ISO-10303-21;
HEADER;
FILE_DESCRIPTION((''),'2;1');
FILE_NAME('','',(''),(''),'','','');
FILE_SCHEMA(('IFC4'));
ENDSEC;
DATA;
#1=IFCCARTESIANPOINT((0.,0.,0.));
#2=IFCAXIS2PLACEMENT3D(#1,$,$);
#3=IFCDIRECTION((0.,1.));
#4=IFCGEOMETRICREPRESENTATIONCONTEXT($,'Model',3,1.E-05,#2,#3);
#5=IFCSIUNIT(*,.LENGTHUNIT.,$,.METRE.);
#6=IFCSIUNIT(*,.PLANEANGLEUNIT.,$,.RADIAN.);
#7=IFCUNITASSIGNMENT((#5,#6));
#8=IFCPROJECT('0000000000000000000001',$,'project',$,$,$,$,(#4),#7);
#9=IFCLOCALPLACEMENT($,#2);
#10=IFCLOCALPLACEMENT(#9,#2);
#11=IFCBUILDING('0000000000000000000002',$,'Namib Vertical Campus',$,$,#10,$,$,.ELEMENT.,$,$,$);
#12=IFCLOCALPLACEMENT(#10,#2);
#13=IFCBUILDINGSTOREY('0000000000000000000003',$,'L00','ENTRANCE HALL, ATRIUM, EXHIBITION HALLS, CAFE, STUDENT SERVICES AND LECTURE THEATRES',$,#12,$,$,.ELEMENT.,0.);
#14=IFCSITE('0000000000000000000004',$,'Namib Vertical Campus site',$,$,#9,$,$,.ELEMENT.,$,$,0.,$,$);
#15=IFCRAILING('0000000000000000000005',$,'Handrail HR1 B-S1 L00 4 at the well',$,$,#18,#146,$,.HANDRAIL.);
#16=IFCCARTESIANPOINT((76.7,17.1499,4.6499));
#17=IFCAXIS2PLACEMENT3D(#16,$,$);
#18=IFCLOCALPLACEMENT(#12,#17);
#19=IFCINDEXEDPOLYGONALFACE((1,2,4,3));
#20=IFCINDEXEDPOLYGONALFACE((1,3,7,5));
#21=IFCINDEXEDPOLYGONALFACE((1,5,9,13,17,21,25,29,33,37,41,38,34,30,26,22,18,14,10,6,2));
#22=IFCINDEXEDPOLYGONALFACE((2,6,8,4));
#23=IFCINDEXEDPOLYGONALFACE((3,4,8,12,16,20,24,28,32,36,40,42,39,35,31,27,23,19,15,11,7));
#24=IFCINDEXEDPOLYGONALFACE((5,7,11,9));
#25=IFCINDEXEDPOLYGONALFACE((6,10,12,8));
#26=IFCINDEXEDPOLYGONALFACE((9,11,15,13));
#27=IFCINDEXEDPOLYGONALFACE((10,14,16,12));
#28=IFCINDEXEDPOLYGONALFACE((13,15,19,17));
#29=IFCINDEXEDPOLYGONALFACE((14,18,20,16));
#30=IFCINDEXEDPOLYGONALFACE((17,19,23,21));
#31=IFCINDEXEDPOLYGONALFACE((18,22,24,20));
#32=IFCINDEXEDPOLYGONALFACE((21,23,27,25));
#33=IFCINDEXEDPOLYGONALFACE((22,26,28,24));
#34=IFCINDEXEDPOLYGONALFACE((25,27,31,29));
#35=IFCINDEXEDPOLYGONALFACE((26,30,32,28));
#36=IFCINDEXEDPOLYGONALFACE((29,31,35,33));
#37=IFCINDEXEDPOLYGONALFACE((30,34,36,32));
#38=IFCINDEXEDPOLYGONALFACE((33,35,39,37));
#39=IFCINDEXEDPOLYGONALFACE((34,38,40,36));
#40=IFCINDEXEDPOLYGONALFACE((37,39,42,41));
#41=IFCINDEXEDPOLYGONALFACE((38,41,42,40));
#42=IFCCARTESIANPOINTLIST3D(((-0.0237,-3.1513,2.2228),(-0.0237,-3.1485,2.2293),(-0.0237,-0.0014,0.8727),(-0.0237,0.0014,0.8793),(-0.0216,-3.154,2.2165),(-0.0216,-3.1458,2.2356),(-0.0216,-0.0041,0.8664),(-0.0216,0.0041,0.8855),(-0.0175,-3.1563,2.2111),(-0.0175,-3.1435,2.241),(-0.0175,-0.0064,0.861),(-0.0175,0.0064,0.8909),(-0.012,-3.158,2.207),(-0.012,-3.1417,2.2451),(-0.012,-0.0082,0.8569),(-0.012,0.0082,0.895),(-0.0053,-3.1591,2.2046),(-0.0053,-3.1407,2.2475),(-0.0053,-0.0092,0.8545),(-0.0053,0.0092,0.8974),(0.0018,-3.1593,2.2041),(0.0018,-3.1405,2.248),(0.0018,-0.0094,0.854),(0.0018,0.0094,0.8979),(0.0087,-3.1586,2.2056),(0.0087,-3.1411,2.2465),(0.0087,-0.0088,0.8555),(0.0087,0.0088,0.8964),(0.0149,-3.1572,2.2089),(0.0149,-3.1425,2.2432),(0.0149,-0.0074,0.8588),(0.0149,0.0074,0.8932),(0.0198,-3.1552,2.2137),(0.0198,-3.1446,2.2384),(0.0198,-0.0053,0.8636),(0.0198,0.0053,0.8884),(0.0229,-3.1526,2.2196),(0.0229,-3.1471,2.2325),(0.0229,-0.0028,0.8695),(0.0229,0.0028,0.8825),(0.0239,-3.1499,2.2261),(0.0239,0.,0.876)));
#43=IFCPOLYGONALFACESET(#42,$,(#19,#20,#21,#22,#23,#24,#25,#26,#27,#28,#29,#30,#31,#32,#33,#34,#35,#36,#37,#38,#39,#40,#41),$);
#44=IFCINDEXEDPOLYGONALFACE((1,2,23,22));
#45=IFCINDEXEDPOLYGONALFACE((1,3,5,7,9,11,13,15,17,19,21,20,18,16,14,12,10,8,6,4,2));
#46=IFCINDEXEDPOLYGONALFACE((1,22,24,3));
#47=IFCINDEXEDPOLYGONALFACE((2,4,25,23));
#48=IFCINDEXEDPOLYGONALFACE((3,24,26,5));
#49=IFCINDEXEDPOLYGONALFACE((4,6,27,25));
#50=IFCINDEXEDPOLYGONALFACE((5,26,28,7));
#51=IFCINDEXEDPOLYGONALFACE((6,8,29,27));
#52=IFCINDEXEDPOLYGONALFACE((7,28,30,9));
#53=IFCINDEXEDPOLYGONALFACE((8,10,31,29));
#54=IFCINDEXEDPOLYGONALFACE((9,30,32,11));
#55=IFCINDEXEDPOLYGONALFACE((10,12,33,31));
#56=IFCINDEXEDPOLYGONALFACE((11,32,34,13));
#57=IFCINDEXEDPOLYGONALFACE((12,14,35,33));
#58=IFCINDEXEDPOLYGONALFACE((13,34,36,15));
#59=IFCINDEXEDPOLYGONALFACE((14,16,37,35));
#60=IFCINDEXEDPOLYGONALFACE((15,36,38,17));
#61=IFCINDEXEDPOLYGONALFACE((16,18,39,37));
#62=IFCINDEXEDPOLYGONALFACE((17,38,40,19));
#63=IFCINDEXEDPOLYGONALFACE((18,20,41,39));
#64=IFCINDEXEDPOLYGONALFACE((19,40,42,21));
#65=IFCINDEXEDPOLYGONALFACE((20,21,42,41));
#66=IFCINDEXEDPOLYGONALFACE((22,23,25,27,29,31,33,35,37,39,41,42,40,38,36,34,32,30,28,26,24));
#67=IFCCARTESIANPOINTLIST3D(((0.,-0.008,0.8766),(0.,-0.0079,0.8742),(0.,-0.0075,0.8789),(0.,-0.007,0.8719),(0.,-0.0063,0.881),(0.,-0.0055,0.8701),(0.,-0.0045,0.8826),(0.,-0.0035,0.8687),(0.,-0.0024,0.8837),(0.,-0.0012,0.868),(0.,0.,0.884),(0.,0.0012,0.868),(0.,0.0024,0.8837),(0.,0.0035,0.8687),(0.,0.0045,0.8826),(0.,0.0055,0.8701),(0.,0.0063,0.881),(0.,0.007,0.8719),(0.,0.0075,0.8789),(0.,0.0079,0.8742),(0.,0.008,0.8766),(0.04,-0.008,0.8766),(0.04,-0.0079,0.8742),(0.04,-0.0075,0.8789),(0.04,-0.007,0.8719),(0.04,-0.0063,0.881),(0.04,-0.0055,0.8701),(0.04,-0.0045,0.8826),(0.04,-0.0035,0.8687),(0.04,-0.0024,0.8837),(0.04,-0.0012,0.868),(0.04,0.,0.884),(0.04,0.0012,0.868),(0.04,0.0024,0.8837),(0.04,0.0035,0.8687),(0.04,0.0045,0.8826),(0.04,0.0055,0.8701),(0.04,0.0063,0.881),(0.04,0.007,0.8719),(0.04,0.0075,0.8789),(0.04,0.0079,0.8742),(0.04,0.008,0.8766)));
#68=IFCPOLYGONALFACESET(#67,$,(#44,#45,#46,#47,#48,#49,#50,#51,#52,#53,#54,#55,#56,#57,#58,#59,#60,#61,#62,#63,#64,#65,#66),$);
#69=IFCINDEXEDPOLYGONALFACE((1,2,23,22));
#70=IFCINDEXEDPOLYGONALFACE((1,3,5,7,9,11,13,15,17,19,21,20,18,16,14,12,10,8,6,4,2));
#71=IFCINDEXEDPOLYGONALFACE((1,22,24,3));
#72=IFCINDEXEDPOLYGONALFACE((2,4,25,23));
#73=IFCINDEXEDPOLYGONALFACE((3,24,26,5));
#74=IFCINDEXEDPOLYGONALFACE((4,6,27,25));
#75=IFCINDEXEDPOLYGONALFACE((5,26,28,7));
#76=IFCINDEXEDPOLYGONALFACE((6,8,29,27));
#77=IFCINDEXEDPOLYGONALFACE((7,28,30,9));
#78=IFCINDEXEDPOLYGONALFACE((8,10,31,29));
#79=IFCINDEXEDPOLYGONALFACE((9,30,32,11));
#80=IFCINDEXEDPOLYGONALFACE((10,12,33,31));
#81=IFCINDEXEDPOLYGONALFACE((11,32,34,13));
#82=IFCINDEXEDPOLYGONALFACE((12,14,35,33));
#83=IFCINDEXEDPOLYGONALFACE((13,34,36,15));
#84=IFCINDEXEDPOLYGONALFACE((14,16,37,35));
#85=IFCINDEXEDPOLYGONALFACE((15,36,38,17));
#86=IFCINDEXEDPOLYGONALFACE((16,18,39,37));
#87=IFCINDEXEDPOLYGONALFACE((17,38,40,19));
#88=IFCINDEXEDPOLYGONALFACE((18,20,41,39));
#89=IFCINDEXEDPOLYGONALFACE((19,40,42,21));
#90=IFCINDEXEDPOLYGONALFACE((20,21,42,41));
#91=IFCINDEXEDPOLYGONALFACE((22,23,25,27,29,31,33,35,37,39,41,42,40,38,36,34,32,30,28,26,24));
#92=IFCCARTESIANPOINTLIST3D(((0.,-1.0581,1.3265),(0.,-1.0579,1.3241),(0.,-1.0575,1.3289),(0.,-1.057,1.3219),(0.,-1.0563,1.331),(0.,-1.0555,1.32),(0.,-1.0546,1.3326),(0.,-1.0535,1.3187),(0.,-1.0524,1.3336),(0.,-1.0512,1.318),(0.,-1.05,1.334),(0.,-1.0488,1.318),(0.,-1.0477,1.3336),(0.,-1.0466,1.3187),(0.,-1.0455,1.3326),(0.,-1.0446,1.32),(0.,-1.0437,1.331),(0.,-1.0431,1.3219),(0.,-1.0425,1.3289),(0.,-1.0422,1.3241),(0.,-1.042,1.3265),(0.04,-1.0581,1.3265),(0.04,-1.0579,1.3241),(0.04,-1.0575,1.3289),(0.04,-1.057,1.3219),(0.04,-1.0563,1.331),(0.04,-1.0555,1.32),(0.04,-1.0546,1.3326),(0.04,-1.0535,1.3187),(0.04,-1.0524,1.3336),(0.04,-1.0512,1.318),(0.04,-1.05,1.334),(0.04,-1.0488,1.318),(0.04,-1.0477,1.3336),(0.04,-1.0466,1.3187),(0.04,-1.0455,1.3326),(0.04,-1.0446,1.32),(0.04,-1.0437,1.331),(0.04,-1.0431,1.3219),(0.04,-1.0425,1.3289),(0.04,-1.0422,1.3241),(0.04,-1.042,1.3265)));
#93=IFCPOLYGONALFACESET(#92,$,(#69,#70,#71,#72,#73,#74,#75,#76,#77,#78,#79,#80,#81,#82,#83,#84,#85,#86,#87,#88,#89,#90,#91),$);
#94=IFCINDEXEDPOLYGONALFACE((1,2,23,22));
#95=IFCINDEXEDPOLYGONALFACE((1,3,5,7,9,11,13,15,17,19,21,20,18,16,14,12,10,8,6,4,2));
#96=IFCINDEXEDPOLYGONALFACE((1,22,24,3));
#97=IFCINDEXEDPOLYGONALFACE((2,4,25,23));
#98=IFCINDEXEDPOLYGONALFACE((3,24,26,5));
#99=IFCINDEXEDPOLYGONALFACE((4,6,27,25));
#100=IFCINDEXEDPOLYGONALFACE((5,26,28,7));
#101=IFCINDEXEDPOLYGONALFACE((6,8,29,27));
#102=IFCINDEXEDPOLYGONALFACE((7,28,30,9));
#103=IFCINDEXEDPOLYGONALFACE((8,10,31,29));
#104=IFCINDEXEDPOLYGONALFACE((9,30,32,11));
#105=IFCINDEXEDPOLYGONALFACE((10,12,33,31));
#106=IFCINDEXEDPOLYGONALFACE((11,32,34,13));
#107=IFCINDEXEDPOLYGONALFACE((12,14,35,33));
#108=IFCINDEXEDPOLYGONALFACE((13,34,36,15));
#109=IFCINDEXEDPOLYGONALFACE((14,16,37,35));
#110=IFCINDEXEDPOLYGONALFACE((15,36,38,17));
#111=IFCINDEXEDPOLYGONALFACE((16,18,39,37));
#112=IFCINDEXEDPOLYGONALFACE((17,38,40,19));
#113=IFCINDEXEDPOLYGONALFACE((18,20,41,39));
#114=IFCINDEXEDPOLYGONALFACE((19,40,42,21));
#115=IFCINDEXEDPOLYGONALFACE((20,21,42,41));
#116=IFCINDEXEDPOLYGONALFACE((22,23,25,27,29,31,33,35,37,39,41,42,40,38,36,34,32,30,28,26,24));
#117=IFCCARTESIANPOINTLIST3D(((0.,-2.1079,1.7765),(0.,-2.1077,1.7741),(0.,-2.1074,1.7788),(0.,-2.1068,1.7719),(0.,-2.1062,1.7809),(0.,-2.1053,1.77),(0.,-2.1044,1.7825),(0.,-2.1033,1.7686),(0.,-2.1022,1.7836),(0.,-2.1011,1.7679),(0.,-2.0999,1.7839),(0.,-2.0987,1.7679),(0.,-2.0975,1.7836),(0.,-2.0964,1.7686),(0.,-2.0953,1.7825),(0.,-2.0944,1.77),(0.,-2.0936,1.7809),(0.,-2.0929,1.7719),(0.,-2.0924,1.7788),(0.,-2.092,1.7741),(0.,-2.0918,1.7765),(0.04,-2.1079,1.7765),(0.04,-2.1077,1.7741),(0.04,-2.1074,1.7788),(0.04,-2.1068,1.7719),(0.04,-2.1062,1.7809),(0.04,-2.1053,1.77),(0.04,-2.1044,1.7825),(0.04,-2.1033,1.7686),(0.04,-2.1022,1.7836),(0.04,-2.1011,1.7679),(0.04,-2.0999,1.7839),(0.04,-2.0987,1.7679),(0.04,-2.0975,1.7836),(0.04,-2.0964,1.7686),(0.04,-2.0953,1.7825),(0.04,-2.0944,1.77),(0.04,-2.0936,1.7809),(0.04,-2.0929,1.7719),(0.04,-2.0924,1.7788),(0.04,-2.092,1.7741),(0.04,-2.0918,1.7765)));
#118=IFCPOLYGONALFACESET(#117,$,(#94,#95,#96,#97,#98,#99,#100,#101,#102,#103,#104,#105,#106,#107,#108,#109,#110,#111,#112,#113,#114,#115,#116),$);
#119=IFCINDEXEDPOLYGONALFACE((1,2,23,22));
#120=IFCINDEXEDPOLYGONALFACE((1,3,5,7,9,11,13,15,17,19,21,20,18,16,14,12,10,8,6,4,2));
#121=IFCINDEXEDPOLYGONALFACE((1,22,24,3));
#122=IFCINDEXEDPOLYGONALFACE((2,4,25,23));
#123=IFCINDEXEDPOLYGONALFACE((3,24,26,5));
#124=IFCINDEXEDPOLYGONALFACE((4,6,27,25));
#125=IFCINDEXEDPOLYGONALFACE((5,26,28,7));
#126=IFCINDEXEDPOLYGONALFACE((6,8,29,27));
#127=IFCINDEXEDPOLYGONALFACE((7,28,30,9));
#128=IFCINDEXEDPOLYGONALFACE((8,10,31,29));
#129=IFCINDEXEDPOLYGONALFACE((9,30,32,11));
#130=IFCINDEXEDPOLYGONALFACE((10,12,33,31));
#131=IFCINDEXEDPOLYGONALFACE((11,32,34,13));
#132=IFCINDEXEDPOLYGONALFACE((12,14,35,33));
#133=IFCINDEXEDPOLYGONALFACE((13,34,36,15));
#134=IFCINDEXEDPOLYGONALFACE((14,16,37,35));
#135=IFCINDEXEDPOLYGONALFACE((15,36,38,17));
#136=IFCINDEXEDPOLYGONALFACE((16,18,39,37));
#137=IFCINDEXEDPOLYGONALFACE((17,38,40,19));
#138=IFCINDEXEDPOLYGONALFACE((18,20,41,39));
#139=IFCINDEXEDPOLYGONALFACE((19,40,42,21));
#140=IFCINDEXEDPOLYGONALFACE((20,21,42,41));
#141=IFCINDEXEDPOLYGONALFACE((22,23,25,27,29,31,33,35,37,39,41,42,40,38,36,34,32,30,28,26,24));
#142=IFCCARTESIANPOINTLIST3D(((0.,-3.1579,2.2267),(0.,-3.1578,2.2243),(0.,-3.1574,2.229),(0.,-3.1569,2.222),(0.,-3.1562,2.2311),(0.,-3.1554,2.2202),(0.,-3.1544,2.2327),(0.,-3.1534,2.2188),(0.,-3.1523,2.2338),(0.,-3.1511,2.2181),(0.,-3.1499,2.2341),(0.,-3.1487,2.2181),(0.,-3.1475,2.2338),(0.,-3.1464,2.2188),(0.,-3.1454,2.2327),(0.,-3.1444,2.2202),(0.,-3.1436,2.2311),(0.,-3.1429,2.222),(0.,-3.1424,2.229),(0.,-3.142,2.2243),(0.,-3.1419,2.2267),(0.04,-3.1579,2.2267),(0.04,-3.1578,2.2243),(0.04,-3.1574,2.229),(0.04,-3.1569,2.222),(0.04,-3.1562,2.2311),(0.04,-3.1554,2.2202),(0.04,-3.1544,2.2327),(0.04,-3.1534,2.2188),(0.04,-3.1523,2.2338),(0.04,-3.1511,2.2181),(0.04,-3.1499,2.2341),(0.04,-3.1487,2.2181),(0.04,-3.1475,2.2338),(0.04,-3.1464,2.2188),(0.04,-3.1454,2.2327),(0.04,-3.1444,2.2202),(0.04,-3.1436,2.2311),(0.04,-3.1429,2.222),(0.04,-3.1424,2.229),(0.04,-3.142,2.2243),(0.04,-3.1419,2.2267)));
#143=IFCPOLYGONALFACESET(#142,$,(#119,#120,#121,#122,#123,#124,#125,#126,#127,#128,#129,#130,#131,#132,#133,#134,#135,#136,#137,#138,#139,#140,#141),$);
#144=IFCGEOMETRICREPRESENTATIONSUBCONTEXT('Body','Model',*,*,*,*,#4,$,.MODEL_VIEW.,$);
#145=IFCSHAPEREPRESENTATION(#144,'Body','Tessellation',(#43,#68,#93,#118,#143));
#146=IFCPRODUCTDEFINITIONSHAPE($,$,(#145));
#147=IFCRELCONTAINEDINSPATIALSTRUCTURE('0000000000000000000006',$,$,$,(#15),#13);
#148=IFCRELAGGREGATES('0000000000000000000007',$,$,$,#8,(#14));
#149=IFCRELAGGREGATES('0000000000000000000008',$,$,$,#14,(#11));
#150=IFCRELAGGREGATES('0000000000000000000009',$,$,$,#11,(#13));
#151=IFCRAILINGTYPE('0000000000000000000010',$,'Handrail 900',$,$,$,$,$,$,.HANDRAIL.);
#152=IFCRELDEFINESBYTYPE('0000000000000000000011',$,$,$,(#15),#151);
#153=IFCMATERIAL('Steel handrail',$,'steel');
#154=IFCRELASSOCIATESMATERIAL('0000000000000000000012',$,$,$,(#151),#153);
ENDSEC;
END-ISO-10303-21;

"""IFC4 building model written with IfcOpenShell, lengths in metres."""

from ifc_helpers import new_model, si_unit, direction, frame, origin, origin_2d, place, context, subcontext, project, spatial, circle, extrude, material, type_object, element, save


model = new_model("IFC4")

# Units and contexts
model_context = context("Model", 3, precision=1e-05, world=origin(), true_north=direction((0.0, 1.0)))
body_context = subcontext(model_context, "Body", "Model", "MODEL_VIEW")
ifc_project = project(units=[si_unit("LENGTHUNIT", "METRE"), si_unit("PLANEANGLEUNIT", "RADIAN")], contexts=[model_context])

# Site, building, storey
site_placement = place(None, origin())
site = spatial("IfcSite", under=ifc_project, at=site_placement, Name="Namib Vertical Campus site", CompositionType="ELEMENT", RefElevation=0.0)
building_placement = place(site_placement, origin())
building = spatial("IfcBuilding", under=site, at=building_placement, Name="Namib Vertical Campus", CompositionType="ELEMENT")
storey_placement = place(building_placement, origin())
storey = spatial("IfcBuildingStorey", under=building, at=storey_placement, Name="L00", Description="ENTRANCE HALL, ATRIUM, EXHIBITION HALLS, CAFE, STUDENT SERVICES AND LECTURE THEATRES", CompositionType="ELEMENT", Elevation=0.0)

# Railing
ifc_material_1 = material(Name="Steel handrail", Category="steel")
railing_type_1 = type_object("IfcRailingType", Name="Handrail 900", PredefinedType="HANDRAIL", material=ifc_material_1)
railing_1_placement = place(storey_placement, frame((76.7, 17.1499, 4.6499)))
element("IfcRailing", 1, at=railing_1_placement, inside=storey, type_object=railing_type_1, Name="Handrail HR1 B-S1 L00 4 at the well", PredefinedType="HANDRAIL", context=body_context, shape_type="SweptSolid", body=[
    extrude(circle(Radius=0.0239, at=origin_2d()), frame((0.0, 0.0, 0.876), z_axis=(0.0, -0.91913, 0.393954), x_axis=(1.0, 0.0, 0.0)), (0.0, 0.0, 1.0), 3.427),
    extrude(circle(Radius=0.0081, at=origin_2d()), frame((0.0, 0.0, 0.876), z_axis=(1.0, 0.0, 0.0), x_axis=(0.0, 0.0, 1.0)), (0.0, 0.0, 1.0), 0.04),
    extrude(circle(Radius=0.0081, at=origin_2d()), frame((0.0, -1.05, 1.3259), z_axis=(1.0, 0.0, 0.0), x_axis=(0.0, 0.0, 1.0)), (0.0, 0.0, 1.0), 0.04),
    extrude(circle(Radius=0.0081, at=origin_2d()), frame((0.0, -2.0999, 1.7759), z_axis=(1.0, 0.0, 0.0), x_axis=(0.0, 0.0, 1.0)), (0.0, 0.0, 1.0), 0.04),
    extrude(circle(Radius=0.0081, at=origin_2d()), frame((0.0, -3.1499, 2.2261), z_axis=(1.0, 0.0, 0.0), x_axis=(0.0, 0.0, 1.0)), (0.0, 0.0, 1.0), 0.04),
])

save(model, "model.ifc")
